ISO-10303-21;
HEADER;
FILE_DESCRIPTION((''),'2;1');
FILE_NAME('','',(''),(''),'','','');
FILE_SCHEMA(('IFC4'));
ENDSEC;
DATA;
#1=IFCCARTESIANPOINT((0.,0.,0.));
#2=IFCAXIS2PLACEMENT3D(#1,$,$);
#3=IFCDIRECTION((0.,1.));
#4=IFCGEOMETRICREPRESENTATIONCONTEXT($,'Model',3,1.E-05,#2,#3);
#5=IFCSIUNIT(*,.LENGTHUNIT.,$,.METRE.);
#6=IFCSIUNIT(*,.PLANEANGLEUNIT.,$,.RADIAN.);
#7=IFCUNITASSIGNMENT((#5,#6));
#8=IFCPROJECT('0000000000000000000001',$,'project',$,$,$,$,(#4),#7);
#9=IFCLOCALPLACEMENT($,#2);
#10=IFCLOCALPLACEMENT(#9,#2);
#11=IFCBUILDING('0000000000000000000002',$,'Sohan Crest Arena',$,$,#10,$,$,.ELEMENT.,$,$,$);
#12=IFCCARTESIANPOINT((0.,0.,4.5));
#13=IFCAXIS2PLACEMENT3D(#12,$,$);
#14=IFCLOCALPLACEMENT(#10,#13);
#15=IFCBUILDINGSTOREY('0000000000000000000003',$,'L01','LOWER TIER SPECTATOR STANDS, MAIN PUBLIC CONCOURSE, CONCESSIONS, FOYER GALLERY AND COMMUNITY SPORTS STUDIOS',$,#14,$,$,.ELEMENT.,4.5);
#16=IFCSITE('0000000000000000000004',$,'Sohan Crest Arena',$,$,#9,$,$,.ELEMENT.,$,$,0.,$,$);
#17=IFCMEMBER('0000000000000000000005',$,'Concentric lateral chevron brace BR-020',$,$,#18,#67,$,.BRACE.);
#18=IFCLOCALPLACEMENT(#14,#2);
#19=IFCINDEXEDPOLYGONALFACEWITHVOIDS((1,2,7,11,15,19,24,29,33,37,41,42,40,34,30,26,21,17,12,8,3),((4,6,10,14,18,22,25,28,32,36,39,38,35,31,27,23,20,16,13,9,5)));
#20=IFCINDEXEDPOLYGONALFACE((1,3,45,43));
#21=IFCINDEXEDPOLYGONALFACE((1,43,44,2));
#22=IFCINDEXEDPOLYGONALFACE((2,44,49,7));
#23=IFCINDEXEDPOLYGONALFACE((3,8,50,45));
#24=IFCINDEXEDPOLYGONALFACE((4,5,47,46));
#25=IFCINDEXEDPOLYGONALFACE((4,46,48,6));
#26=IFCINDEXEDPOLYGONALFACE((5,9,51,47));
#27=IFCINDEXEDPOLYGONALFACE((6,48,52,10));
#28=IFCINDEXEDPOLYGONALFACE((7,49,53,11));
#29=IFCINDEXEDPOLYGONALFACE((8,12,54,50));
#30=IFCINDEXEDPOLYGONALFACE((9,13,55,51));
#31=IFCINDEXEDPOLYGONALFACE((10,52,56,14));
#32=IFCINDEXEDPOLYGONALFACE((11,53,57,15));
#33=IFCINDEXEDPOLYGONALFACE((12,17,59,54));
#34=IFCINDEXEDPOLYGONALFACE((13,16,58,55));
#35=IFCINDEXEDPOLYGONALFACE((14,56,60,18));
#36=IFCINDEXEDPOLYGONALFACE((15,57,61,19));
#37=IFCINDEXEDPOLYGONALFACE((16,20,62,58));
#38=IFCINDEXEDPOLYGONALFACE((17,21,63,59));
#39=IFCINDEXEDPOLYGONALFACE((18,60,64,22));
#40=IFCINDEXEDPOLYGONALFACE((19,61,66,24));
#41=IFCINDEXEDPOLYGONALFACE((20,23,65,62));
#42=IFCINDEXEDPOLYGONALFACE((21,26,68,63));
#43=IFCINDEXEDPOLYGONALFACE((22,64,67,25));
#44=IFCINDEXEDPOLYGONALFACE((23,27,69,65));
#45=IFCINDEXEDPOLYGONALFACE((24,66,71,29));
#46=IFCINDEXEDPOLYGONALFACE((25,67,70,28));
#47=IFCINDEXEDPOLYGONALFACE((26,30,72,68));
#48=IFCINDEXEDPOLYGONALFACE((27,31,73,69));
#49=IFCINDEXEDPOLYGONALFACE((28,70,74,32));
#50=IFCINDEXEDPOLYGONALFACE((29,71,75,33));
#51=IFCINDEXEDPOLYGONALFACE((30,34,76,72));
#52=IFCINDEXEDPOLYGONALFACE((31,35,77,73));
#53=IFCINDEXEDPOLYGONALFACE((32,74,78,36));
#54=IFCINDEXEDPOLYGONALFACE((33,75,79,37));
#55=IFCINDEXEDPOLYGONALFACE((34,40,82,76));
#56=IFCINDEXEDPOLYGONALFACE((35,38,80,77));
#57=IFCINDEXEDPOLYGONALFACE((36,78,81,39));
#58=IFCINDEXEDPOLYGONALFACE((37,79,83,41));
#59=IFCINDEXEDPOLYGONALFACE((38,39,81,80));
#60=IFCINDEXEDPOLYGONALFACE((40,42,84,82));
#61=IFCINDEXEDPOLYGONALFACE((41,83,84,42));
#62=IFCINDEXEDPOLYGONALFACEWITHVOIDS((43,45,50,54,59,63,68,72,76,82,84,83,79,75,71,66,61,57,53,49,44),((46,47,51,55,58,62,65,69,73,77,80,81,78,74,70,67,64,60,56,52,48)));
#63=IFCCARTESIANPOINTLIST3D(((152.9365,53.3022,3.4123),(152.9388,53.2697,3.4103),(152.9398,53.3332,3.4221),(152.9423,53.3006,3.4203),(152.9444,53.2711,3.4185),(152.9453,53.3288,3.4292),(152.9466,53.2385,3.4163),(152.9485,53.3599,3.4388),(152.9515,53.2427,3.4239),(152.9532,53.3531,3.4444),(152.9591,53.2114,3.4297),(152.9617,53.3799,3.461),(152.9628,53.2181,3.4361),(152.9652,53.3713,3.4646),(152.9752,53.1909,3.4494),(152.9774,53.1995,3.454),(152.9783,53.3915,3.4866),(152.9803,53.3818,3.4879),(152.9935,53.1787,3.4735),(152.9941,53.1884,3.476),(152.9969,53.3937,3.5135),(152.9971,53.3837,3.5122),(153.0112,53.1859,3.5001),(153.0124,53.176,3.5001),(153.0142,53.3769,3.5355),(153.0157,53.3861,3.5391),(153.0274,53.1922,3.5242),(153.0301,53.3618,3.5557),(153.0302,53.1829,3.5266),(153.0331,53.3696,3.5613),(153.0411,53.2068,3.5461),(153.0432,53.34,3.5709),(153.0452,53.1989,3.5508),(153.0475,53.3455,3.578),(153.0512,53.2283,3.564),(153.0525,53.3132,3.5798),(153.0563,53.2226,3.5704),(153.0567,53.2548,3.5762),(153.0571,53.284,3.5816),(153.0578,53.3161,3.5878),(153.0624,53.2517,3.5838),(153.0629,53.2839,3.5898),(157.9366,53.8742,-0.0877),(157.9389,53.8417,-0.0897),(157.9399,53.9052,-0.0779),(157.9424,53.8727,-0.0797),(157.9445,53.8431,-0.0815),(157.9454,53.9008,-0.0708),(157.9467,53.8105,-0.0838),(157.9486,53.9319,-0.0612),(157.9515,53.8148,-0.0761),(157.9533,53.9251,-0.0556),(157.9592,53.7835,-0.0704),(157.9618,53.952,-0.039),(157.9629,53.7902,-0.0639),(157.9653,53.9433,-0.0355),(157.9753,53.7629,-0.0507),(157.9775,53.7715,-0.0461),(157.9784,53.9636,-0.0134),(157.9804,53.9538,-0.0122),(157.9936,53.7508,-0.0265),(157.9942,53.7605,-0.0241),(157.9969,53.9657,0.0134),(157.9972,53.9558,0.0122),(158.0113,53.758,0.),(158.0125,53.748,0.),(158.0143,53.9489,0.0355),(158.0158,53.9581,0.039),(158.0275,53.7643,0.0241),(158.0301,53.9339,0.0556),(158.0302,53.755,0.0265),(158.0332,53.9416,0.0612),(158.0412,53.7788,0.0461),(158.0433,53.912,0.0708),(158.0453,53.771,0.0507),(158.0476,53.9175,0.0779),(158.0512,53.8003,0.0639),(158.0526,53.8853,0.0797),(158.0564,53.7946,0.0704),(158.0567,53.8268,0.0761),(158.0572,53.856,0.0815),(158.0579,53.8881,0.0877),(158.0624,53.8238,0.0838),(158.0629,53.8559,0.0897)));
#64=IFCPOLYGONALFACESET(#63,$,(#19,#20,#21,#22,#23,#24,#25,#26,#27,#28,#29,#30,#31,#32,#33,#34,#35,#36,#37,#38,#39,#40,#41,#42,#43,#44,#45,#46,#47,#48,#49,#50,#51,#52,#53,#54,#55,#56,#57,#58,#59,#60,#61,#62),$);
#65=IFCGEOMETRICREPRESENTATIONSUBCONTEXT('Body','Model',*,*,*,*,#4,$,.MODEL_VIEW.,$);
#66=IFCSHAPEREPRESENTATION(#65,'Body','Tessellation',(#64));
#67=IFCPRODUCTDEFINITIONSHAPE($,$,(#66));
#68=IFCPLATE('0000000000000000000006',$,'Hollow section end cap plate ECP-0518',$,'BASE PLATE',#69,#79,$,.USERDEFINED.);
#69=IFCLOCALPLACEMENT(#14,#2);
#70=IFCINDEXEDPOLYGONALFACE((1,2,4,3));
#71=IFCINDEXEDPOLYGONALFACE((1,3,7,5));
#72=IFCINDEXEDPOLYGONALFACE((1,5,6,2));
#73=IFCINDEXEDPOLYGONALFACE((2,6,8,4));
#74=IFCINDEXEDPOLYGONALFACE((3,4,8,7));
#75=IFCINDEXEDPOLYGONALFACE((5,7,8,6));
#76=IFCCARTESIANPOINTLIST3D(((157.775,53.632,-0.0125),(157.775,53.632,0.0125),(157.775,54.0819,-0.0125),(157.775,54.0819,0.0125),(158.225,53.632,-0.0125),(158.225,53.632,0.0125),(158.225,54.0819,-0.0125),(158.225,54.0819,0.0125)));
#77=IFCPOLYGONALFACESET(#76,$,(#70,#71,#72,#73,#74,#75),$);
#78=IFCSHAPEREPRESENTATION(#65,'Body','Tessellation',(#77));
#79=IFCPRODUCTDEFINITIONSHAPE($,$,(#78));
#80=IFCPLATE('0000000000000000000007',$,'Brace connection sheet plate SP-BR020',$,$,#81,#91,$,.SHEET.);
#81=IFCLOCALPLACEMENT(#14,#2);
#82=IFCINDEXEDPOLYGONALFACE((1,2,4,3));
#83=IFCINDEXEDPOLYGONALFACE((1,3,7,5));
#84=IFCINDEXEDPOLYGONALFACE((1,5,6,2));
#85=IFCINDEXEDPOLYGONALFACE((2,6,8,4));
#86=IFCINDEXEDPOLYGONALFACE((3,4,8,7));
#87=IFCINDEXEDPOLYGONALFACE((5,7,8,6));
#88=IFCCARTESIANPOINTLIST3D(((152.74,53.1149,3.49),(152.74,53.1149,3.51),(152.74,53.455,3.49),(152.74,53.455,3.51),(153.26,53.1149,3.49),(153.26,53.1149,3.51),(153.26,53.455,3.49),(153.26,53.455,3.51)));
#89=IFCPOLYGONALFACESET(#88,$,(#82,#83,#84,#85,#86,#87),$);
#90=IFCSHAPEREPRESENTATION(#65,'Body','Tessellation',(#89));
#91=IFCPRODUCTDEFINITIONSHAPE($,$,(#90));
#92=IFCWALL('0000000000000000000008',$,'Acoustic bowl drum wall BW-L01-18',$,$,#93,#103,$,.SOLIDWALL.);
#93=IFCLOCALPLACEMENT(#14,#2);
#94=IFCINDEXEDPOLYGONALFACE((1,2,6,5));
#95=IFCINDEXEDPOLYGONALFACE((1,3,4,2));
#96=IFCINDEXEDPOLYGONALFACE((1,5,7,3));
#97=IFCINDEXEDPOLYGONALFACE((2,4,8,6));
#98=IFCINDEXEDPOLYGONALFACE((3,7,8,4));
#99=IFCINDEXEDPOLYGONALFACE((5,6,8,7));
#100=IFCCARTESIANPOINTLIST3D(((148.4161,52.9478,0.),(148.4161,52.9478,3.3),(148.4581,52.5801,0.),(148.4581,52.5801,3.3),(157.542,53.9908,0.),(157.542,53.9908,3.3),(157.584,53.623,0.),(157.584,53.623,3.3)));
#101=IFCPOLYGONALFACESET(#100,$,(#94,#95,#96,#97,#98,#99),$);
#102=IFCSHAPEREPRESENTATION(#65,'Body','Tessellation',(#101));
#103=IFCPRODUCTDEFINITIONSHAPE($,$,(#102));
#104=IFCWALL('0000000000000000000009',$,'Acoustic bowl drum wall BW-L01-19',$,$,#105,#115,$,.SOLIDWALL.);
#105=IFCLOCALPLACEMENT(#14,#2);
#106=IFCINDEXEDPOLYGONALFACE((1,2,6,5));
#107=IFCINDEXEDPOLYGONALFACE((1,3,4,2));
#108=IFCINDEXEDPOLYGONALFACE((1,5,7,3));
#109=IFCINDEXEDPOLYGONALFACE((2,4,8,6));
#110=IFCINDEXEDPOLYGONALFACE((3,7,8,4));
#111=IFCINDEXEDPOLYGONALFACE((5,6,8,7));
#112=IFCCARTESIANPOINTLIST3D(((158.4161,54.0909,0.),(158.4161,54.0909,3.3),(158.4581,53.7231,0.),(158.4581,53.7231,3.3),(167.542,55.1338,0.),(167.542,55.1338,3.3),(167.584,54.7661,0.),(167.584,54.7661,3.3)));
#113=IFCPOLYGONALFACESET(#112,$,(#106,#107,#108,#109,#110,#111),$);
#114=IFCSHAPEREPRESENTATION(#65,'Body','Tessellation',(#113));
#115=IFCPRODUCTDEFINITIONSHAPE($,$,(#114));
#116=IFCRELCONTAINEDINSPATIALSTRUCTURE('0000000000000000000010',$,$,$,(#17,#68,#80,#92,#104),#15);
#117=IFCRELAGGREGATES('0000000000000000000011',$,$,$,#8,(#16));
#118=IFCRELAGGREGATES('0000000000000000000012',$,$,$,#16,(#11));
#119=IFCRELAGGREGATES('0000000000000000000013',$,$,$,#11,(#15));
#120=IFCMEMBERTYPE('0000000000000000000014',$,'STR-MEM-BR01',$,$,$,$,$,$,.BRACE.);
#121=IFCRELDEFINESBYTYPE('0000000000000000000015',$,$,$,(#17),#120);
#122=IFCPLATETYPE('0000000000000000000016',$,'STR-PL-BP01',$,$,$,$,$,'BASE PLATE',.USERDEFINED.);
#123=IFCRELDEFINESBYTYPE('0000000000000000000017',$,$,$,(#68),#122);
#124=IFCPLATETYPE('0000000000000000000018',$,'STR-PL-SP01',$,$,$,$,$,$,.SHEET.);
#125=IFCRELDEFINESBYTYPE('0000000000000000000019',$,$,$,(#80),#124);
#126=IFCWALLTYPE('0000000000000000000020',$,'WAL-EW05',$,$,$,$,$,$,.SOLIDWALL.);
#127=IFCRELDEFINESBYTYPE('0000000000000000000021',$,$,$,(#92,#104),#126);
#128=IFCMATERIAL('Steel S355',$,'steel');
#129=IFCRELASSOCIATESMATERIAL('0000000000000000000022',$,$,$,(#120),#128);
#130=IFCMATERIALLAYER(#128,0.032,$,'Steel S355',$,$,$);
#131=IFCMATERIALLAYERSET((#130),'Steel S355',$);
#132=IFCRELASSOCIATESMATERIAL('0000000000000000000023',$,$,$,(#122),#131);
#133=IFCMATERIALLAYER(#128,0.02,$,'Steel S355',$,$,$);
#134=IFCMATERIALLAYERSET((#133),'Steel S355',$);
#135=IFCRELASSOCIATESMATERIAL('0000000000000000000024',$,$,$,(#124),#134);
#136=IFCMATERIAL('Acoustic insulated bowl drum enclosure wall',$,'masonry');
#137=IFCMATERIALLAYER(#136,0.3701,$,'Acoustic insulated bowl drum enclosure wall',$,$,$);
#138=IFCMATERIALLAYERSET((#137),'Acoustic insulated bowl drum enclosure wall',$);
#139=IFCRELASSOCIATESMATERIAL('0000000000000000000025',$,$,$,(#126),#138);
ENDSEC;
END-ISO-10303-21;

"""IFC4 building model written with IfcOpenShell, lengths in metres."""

from ifc_helpers import new_model, si_unit, direction, frame, frame_2d, origin, origin_2d, place, context, subcontext, project, spatial, rectangle, hollow_circle, extrude, material, layer, layer_set, material_profile, profile_set, type_object, element, save


model = new_model("IFC4")

# Units and contexts
model_context = context("Model", 3, precision=1e-05, world=origin(), true_north=direction((0.0, 1.0)))
body_context = subcontext(model_context, "Body", "Model", "MODEL_VIEW")
ifc_project = project(units=[si_unit("LENGTHUNIT", "METRE"), si_unit("PLANEANGLEUNIT", "RADIAN")], contexts=[model_context])

# Site, building, storey
site_placement = place(None, origin())
site = spatial("IfcSite", under=ifc_project, at=site_placement, Name="Sohan Crest Arena", CompositionType="ELEMENT", RefElevation=0.0)
building_placement = place(site_placement, origin())
building = spatial("IfcBuilding", under=site, at=building_placement, Name="Sohan Crest Arena", CompositionType="ELEMENT")
storey_placement = place(building_placement, frame((0.0, 0.0, 4.5)))
storey = spatial("IfcBuildingStorey", under=building, at=storey_placement, Name="L01", Description="LOWER TIER SPECTATOR STANDS, MAIN PUBLIC CONCOURSE, CONCESSIONS, FOYER GALLERY AND COMMUNITY SPORTS STUDIOS", CompositionType="ELEMENT", Elevation=4.5)

# Shared definitions
ifc_material_1 = material(Name="Steel S355", Category="steel")

# Member
ifc_material_profile_1 = material_profile(ifc_material_1, hollow_circle(Radius=0.1096, WallThickness=0.01, at=origin_2d()), Name="CHS 219.1x10")
ifc_profile_set_1 = profile_set([ifc_material_profile_1], Name="Steel S355")
member_type = type_object("IfcMemberType", Name="STR-MEM-BR01", PredefinedType="BRACE", material=ifc_profile_set_1)
member_placement = place(storey_placement, frame((158.0, 53.8569, 0.0), z_axis=(-0.815657, -0.093315, 0.57096), x_axis=(0.113663, -0.993519, 0.0)))
element("IfcMember", 1, at=member_placement, inside=storey, type_object=member_type, Name="Concentric lateral chevron brace BR-020", PredefinedType="BRACE", context=body_context, shape_type="SweptSolid", body=[
    extrude(hollow_circle(Radius=0.1096, WallThickness=0.01, at=origin_2d()), origin(), (0.0, 0.0, 1.0), 6.1301),
])

# Plates
ifc_layer_1 = layer(ifc_material_1, 0.032, Name="Steel S355")
ifc_layer_set_1 = layer_set([ifc_layer_1], Name="Steel S355")
plate_type_1 = type_object("IfcPlateType", Name="STR-PL-BP01", ElementType="BASE PLATE", PredefinedType="USERDEFINED", material=ifc_layer_set_1)
plate_1_placement = place(storey_placement, frame((158.0, 53.8569, -0.0125), z_axis=(0.0, 0.0, 1.0), x_axis=(1.0, 0.0, 0.0)))
element("IfcPlate", 2, at=plate_1_placement, inside=storey, type_object=plate_type_1, Name="Hollow section end cap plate ECP-0518", ObjectType="BASE PLATE", PredefinedType="USERDEFINED", context=body_context, shape_type="SweptSolid", body=[
    extrude(rectangle(XDim=0.45, YDim=0.45, at=origin_2d()), origin(), (0.0, 0.0, 1.0), 0.0249),
])
ifc_layer_2 = layer(ifc_material_1, 0.02, Name="Steel S355")
ifc_layer_set_2 = layer_set([ifc_layer_2], Name="Steel S355")
plate_type_2 = type_object("IfcPlateType", Name="STR-PL-SP01", PredefinedType="SHEET", material=ifc_layer_set_2)
plate_2_placement = place(storey_placement, frame((153.0, 53.2849, 3.49), z_axis=(0.0, 0.0, 1.0), x_axis=(1.0, 0.0, 0.0)))
element("IfcPlate", 3, at=plate_2_placement, inside=storey, type_object=plate_type_2, Name="Brace connection sheet plate SP-BR020", PredefinedType="SHEET", context=body_context, shape_type="SweptSolid", body=[
    extrude(rectangle(XDim=0.52, YDim=0.3401, at=origin_2d()), origin(), (0.0, 0.0, 1.0), 0.02),
])

# Walls
ifc_material_2 = material(Name="Acoustic insulated bowl drum enclosure wall", Category="masonry")
ifc_layer_3 = layer(ifc_material_2, 0.3701, Name="Acoustic insulated bowl drum enclosure wall")
ifc_layer_set_3 = layer_set([ifc_layer_3], Name="Acoustic insulated bowl drum enclosure wall")
wall_type = type_object("IfcWallType", Name="WAL-EW05", PredefinedType="SOLIDWALL", material=ifc_layer_set_3)
for number, where, z_axis, x_axis, name in (
    (4, (148.437, 52.7639, 0.0), (0.0, 0.0, 1.0), (0.993533, 0.113547, 0.0), "Acoustic bowl drum wall BW-L01-18"),
    (5, (158.437, 53.907, 0.0), (0.0, 0.0, 1.0), (0.993533, 0.113547, 0.0), "Acoustic bowl drum wall BW-L01-19"),
):
    element("IfcWall", number, at=place(storey_placement, frame(where, z_axis=z_axis, x_axis=x_axis)), inside=storey, type_object=wall_type, Name=name, PredefinedType="SOLIDWALL", context=body_context, shape_type="SweptSolid", body=[
        extrude(rectangle(XDim=9.1853, YDim=0.3701, at=frame_2d((4.5928, 0.0))), origin(), (0.0, 0.0, 1.0), 3.3),
    ])

save(model, "model.ifc")
